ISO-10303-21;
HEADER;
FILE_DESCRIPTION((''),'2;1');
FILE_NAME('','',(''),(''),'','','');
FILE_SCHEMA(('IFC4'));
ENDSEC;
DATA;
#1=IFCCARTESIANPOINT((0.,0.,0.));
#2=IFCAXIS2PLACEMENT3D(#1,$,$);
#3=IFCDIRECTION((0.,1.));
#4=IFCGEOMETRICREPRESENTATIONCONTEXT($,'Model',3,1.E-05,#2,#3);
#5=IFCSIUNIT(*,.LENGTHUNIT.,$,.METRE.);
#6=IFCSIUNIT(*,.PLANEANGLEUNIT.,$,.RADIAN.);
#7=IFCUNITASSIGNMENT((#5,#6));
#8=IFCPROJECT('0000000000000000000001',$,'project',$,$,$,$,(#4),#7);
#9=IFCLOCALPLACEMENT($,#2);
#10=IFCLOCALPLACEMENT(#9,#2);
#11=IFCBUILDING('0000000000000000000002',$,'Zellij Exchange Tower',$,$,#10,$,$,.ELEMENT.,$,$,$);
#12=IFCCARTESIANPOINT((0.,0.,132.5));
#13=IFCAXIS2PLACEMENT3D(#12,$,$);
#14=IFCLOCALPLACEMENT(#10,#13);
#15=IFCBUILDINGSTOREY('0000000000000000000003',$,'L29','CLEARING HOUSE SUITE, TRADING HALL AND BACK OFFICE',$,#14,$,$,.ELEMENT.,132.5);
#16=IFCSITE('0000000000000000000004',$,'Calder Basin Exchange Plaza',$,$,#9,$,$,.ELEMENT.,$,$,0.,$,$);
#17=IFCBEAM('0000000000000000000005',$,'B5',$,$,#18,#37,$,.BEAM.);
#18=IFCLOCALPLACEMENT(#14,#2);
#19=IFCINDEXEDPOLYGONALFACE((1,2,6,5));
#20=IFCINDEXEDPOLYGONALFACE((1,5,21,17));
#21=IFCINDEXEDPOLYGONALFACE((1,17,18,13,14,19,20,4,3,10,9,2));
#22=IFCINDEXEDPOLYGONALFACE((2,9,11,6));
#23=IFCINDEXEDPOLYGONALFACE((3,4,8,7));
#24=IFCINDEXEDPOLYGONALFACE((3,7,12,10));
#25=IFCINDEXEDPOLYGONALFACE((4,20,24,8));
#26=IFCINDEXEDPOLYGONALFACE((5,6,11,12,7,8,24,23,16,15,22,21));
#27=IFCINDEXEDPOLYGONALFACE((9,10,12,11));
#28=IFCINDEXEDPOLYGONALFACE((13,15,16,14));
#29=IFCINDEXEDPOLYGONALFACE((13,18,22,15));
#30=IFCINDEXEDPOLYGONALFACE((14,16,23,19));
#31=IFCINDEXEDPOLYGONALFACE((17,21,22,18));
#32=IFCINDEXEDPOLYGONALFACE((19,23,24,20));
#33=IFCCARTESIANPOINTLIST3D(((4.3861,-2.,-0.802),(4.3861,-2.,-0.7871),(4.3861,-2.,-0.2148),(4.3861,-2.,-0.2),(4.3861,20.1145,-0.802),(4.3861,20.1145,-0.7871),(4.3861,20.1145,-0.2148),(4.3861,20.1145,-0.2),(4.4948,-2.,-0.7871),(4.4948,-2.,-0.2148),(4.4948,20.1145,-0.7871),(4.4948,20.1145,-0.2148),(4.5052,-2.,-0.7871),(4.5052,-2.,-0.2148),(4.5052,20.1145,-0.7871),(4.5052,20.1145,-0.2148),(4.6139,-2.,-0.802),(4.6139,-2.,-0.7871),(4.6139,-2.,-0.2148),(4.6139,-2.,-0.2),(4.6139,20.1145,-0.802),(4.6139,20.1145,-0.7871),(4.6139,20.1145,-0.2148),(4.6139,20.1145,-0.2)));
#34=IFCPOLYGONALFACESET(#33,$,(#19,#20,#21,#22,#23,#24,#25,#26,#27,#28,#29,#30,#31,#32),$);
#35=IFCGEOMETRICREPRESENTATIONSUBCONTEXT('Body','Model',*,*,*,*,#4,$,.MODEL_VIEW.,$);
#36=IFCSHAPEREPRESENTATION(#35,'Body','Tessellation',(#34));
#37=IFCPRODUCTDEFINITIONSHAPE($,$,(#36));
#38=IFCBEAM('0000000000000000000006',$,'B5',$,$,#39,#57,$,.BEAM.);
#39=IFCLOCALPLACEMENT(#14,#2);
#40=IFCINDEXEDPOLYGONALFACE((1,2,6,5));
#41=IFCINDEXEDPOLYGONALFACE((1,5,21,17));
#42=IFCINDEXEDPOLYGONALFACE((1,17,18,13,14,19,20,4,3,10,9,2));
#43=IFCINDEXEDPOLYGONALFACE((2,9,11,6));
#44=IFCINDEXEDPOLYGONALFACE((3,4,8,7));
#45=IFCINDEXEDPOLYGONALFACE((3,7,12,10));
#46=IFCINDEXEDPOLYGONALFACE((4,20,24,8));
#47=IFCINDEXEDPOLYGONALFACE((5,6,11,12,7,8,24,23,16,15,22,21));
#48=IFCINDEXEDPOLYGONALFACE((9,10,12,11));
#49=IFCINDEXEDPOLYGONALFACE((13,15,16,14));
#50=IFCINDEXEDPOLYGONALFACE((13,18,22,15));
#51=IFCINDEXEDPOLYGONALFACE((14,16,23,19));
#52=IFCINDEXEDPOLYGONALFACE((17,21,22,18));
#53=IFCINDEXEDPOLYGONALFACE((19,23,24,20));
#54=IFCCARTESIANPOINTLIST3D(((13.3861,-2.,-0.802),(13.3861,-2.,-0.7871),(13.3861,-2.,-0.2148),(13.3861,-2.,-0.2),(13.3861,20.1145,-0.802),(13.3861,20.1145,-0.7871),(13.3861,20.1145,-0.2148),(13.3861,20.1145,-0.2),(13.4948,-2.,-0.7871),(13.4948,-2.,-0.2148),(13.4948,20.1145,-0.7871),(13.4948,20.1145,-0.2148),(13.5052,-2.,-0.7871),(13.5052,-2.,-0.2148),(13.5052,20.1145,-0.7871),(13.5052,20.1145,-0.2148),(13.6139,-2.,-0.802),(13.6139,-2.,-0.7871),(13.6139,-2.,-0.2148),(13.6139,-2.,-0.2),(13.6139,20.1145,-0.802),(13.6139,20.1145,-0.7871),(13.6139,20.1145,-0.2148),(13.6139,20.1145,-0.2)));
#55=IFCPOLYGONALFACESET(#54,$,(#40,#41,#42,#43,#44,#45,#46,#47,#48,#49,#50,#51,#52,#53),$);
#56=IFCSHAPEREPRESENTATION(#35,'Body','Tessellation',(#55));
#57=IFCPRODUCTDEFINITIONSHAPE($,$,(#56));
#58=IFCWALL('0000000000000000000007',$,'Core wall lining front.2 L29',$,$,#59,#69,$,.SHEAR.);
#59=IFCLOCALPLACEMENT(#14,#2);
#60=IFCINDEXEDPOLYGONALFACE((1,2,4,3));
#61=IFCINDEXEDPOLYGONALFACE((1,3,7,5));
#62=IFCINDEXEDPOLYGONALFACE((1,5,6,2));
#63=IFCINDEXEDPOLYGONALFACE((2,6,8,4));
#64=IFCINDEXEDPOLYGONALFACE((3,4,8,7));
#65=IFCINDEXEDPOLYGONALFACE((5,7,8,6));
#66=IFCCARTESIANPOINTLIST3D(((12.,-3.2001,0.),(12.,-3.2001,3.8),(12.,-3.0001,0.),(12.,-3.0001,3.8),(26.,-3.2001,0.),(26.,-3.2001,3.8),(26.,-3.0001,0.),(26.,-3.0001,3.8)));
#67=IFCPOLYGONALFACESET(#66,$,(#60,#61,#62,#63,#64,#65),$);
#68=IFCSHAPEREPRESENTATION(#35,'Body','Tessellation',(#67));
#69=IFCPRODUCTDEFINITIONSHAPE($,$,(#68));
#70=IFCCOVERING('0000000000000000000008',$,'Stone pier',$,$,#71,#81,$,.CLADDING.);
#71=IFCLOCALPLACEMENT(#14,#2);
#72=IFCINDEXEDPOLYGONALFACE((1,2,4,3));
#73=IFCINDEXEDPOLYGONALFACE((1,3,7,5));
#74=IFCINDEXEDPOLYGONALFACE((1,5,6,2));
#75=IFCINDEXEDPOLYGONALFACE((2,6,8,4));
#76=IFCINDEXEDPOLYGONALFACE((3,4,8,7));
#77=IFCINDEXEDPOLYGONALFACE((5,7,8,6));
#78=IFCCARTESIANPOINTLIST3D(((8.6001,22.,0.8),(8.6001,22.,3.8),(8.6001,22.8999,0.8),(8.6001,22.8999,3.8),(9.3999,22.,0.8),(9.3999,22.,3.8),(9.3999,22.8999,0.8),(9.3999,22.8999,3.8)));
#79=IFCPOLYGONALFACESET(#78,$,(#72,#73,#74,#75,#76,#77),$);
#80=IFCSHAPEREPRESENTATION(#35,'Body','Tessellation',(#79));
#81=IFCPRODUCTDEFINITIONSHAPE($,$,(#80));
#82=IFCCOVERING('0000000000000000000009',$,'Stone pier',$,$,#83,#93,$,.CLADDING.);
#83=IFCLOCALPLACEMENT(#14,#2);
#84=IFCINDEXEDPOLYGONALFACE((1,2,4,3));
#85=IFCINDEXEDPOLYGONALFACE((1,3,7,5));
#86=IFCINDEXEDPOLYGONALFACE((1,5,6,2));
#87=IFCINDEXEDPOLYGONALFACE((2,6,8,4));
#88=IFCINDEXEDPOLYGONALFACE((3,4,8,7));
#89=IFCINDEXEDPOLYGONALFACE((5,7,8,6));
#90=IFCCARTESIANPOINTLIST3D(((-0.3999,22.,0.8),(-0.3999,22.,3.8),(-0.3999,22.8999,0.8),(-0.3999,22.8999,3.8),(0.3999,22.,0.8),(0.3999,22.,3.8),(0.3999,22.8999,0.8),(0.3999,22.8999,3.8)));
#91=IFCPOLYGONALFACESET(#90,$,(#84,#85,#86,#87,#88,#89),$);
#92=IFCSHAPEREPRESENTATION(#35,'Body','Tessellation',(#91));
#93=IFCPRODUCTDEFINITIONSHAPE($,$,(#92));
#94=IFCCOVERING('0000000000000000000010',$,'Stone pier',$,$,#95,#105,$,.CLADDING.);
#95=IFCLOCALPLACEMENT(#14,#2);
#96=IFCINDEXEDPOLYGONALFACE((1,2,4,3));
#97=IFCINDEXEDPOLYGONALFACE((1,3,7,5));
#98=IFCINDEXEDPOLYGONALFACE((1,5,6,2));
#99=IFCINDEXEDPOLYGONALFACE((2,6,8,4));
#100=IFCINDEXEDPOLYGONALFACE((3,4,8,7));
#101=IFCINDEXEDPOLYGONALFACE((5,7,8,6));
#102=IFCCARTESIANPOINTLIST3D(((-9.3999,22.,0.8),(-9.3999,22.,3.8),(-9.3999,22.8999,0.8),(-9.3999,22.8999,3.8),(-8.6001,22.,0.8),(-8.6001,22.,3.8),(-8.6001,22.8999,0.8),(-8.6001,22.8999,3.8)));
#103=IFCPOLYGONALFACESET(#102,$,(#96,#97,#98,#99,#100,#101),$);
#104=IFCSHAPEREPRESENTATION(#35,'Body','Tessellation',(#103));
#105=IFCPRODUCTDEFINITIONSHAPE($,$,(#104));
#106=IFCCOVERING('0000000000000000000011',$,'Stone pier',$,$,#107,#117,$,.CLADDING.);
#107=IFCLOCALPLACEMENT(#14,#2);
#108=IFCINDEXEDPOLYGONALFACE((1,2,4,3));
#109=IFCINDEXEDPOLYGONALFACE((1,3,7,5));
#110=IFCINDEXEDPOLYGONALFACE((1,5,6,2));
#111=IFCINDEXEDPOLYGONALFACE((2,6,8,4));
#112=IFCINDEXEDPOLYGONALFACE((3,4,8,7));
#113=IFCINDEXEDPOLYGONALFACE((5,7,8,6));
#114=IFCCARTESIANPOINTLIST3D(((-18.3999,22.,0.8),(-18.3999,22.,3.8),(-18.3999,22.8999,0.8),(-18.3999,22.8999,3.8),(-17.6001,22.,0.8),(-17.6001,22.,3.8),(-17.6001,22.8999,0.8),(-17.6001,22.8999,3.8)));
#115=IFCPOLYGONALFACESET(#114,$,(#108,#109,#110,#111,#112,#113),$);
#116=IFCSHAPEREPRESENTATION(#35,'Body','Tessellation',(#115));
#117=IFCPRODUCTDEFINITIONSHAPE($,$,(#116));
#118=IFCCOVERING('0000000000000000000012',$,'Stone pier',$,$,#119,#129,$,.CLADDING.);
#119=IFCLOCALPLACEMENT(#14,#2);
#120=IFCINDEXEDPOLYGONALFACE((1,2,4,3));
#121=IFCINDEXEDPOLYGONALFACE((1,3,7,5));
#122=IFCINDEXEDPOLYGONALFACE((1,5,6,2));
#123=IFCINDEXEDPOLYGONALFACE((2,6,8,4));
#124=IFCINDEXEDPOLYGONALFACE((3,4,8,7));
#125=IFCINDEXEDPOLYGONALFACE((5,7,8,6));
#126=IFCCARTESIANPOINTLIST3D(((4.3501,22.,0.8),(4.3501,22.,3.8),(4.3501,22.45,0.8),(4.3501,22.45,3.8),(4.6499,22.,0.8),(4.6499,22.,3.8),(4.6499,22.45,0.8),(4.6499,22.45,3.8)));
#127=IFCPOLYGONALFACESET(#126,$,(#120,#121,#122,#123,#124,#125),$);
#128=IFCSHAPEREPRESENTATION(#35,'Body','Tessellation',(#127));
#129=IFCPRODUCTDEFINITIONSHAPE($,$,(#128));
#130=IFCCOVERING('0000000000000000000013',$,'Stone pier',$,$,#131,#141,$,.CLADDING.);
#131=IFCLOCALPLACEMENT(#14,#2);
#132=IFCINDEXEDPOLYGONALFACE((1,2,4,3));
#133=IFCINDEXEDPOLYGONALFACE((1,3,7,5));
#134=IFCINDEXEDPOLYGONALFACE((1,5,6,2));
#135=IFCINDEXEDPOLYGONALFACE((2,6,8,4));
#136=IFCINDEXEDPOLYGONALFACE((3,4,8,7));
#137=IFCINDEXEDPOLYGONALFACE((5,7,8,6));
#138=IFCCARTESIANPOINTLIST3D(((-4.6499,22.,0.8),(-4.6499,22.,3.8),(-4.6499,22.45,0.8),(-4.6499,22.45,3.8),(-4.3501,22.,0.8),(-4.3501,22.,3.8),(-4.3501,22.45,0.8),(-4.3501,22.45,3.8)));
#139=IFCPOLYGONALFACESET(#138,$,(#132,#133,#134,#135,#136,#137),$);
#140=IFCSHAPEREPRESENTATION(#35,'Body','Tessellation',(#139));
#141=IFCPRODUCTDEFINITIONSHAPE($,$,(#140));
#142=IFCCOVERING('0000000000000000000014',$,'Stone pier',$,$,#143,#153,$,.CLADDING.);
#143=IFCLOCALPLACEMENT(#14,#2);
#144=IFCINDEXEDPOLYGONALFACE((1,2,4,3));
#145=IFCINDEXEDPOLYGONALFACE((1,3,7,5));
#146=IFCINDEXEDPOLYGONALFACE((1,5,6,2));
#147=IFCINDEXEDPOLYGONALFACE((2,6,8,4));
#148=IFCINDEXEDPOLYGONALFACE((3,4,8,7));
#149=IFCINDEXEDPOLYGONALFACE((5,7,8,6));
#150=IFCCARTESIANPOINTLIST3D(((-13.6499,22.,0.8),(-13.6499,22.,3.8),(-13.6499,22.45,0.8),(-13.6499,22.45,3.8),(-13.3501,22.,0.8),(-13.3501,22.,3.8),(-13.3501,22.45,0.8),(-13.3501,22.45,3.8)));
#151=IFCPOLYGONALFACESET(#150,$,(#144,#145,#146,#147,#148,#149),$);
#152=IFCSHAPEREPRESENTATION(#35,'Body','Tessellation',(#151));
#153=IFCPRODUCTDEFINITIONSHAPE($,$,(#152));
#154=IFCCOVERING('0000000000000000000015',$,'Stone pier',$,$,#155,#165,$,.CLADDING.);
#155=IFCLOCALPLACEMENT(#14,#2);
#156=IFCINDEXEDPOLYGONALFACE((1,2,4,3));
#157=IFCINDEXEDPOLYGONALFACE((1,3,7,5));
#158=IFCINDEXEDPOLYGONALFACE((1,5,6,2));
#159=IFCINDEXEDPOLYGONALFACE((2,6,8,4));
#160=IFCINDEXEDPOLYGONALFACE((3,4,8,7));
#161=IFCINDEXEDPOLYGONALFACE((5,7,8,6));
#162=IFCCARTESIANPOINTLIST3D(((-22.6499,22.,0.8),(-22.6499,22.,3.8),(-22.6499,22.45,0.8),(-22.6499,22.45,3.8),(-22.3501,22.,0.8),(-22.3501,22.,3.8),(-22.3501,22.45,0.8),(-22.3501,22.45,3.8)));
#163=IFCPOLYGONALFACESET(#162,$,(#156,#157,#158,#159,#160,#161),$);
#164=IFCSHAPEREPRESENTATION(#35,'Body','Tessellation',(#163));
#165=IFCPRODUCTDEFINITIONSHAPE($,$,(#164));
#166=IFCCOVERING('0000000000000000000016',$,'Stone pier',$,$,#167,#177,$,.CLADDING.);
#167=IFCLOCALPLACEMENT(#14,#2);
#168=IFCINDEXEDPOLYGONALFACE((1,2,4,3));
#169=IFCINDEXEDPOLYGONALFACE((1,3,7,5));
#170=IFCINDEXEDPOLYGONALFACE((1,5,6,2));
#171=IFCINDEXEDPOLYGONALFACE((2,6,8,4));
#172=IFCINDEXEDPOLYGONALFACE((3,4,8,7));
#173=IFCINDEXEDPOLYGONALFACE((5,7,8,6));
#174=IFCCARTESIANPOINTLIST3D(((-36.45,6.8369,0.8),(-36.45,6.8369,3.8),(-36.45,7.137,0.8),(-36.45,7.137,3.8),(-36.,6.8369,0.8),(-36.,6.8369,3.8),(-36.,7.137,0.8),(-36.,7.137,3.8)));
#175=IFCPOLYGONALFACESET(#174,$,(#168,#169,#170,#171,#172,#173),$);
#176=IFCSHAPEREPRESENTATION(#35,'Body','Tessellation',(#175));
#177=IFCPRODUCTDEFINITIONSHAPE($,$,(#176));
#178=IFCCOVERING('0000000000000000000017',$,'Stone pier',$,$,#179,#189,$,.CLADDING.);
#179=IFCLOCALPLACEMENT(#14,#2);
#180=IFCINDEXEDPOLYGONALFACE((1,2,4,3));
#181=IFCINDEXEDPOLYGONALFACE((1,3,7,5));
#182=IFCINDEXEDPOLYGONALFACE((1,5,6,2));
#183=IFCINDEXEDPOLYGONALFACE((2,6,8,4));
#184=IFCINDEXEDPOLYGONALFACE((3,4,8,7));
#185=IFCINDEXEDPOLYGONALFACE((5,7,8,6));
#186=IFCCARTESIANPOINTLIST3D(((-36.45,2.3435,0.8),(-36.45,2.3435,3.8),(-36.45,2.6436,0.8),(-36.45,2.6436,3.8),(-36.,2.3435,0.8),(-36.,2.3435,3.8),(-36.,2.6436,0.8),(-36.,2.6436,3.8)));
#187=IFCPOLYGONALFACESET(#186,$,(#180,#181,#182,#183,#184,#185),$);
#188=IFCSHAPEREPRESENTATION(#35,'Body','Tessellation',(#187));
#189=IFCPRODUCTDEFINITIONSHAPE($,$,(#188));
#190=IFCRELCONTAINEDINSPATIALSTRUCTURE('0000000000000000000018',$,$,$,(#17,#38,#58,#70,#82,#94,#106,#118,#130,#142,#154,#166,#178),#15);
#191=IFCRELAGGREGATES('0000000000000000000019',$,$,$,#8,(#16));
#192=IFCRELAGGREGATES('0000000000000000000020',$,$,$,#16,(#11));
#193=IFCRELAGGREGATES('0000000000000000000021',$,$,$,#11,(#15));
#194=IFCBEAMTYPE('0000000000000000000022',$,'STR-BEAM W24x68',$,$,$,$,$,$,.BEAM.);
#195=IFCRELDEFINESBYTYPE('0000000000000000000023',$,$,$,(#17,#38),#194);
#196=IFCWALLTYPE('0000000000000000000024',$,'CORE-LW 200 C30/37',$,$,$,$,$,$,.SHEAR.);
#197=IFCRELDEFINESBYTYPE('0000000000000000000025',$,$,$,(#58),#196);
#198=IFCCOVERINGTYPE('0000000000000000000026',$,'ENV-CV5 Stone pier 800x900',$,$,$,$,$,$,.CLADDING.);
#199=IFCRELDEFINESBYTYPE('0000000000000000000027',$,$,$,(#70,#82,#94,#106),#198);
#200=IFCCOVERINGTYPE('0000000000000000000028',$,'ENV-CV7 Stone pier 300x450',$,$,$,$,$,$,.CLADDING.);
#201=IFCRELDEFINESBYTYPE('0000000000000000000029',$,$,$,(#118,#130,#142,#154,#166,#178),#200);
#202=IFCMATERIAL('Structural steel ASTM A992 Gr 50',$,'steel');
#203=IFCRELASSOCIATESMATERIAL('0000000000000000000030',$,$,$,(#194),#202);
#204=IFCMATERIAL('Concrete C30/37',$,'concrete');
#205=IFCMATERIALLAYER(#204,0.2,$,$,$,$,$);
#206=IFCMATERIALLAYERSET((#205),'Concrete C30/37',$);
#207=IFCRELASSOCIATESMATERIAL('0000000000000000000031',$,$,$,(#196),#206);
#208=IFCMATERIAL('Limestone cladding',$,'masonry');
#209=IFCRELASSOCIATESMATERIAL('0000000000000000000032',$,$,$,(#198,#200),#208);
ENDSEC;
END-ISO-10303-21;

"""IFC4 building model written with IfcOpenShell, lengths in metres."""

from ifc_helpers import new_model, si_unit, direction, frame, frame_2d, origin, origin_2d, place, context, subcontext, project, spatial, polyline, rectangle, i_section, outline, extrude, material, layer, layer_set, material_profile, profile_set, type_object, element, save


model = new_model("IFC4")

# Units and contexts
model_context = context("Model", 3, precision=1e-05, world=origin(), true_north=direction((0.0, 1.0)))
body_context = subcontext(model_context, "Body", "Model", "MODEL_VIEW")
ifc_project = project(units=[si_unit("LENGTHUNIT", "METRE"), si_unit("PLANEANGLEUNIT", "RADIAN")], contexts=[model_context])

# Site, building, storey
site_placement = place(None, origin())
site = spatial("IfcSite", under=ifc_project, at=site_placement, Name="Calder Basin Exchange Plaza", CompositionType="ELEMENT", RefElevation=0.0)
building_placement = place(site_placement, origin())
building = spatial("IfcBuilding", under=site, at=building_placement, Name="Zellij Exchange Tower", CompositionType="ELEMENT")
storey_placement = place(building_placement, frame((0.0, 0.0, 132.5)))
storey = spatial("IfcBuildingStorey", under=building, at=storey_placement, Name="L29", Description="CLEARING HOUSE SUITE, TRADING HALL AND BACK OFFICE", CompositionType="ELEMENT", Elevation=132.5)

# Beams
ifc_material_1 = material(Name="Structural steel ASTM A992 Gr 50", Category="steel")
ifc_material_profile = material_profile(ifc_material_1, i_section(OverallWidth=0.2278, OverallDepth=0.6021, WebThickness=0.0105, FlangeThickness=0.0149, at=origin_2d()), Name="W24x68")
ifc_profile_set = profile_set([ifc_material_profile], Name="Structural steel ASTM A992 Gr 50")
beam_type = type_object("IfcBeamType", Name="STR-BEAM W24x68", PredefinedType="BEAM", material=ifc_profile_set)
for number, where, z_axis, x_axis, name in (
    (1, (4.5, -2.0, -0.501), (0.0, 1.0, 0.0), (-1.0, 0.0, 0.0), "B5"),
    (2, (13.5, -2.0, -0.501), (0.0, 1.0, 0.0), (-1.0, 0.0, 0.0), "B5"),
):
    element("IfcBeam", number, at=place(storey_placement, frame(where, z_axis=z_axis, x_axis=x_axis)), inside=storey, type_object=beam_type, Name=name, PredefinedType="BEAM", context=body_context, shape_type="SweptSolid", body=[
        extrude(i_section(OverallWidth=0.2278, OverallDepth=0.6021, WebThickness=0.0105, FlangeThickness=0.0149, at=origin_2d()), origin(), (0.0, 0.0, 1.0), 22.1145),
    ])

# Wall
ifc_material_2 = material(Name="Concrete C30/37", Category="concrete")
ifc_layer_1 = layer(ifc_material_2, 0.2)
ifc_layer_set_1 = layer_set([ifc_layer_1], Name="Concrete C30/37")
wall_type = type_object("IfcWallType", Name="CORE-LW 200 C30/37", PredefinedType="SHEAR", material=ifc_layer_set_1)
wall_placement = place(storey_placement, frame((12.0, -3.1001, 0.0), z_axis=(0.0, 0.0, 1.0), x_axis=(1.0, 0.0, 0.0)))
element("IfcWall", 3, at=wall_placement, inside=storey, type_object=wall_type, Name="Core wall lining front.2 L29", PredefinedType="SHEAR", context=body_context, shape_type="SweptSolid", body=[
    extrude(rectangle(XDim=14.0, YDim=0.2, at=frame_2d((7.0, 0.0))), origin(), (0.0, 0.0, 1.0), 3.8),
])

# Coverings
ifc_material_3 = material(Name="Limestone cladding", Category="masonry")
covering_type_1 = type_object("IfcCoveringType", Name="ENV-CV5 Stone pier 800x900", PredefinedType="CLADDING", material=ifc_material_3)
covering_1_placement = place(storey_placement, frame((0.0, 0.0, 0.8)))
element("IfcCovering", 4, at=covering_1_placement, inside=storey, type_object=covering_type_1, Name="Stone pier", PredefinedType="CLADDING", context=body_context, shape_type="SweptSolid", body=[
    extrude(outline(polyline([(9.3999, 22.0), (8.6001, 22.0), (8.6001, 22.8999), (9.3999, 22.8999), (9.3999, 22.0)])), origin(), (0.0, 0.0, 1.0), 3.0),
])
covering_2_placement = place(storey_placement, frame((0.0, 0.0, 0.8)))
element("IfcCovering", 5, at=covering_2_placement, inside=storey, type_object=covering_type_1, Name="Stone pier", PredefinedType="CLADDING", context=body_context, shape_type="SweptSolid", body=[
    extrude(outline(polyline([(0.3999, 22.0), (-0.3999, 22.0), (-0.3999, 22.8999), (0.3999, 22.8999), (0.3999, 22.0)])), origin(), (0.0, 0.0, 1.0), 3.0),
])
covering_3_placement = place(storey_placement, frame((0.0, 0.0, 0.8)))
element("IfcCovering", 6, at=covering_3_placement, inside=storey, type_object=covering_type_1, Name="Stone pier", PredefinedType="CLADDING", context=body_context, shape_type="SweptSolid", body=[
    extrude(outline(polyline([(-8.6001, 22.0), (-9.3999, 22.0), (-9.3999, 22.8999), (-8.6001, 22.8999), (-8.6001, 22.0)])), origin(), (0.0, 0.0, 1.0), 3.0),
])
covering_4_placement = place(storey_placement, frame((0.0, 0.0, 0.8)))
element("IfcCovering", 7, at=covering_4_placement, inside=storey, type_object=covering_type_1, Name="Stone pier", PredefinedType="CLADDING", context=body_context, shape_type="SweptSolid", body=[
    extrude(outline(polyline([(-17.6001, 22.0), (-18.3999, 22.0), (-18.3999, 22.8999), (-17.6001, 22.8999), (-17.6001, 22.0)])), origin(), (0.0, 0.0, 1.0), 3.0),
])
covering_type_2 = type_object("IfcCoveringType", Name="ENV-CV7 Stone pier 300x450", PredefinedType="CLADDING", material=ifc_material_3)
covering_5_placement = place(storey_placement, frame((0.0, 0.0, 0.8)))
element("IfcCovering", 8, at=covering_5_placement, inside=storey, type_object=covering_type_2, Name="Stone pier", PredefinedType="CLADDING", context=body_context, shape_type="SweptSolid", body=[
    extrude(outline(polyline([(4.6499, 22.0), (4.3501, 22.0), (4.3501, 22.45), (4.6499, 22.45), (4.6499, 22.0)])), origin(), (0.0, 0.0, 1.0), 3.0),
])
covering_6_placement = place(storey_placement, frame((0.0, 0.0, 0.8)))
element("IfcCovering", 9, at=covering_6_placement, inside=storey, type_object=covering_type_2, Name="Stone pier", PredefinedType="CLADDING", context=body_context, shape_type="SweptSolid", body=[
    extrude(outline(polyline([(-4.3501, 22.0), (-4.6499, 22.0), (-4.6499, 22.45), (-4.3501, 22.45), (-4.3501, 22.0)])), origin(), (0.0, 0.0, 1.0), 3.0),
])
covering_7_placement = place(storey_placement, frame((0.0, 0.0, 0.8)))
element("IfcCovering", 10, at=covering_7_placement, inside=storey, type_object=covering_type_2, Name="Stone pier", PredefinedType="CLADDING", context=body_context, shape_type="SweptSolid", body=[
    extrude(outline(polyline([(-13.3501, 22.0), (-13.6499, 22.0), (-13.6499, 22.45), (-13.3501, 22.45), (-13.3501, 22.0)])), origin(), (0.0, 0.0, 1.0), 3.0),
])
covering_8_placement = place(storey_placement, frame((0.0, 0.0, 0.8)))
element("IfcCovering", 11, at=covering_8_placement, inside=storey, type_object=covering_type_2, Name="Stone pier", PredefinedType="CLADDING", context=body_context, shape_type="SweptSolid", body=[
    extrude(outline(polyline([(-22.3501, 22.0), (-22.6499, 22.0), (-22.6499, 22.45), (-22.3501, 22.45), (-22.3501, 22.0)])), origin(), (0.0, 0.0, 1.0), 3.0),
])
covering_9_placement = place(storey_placement, frame((0.0, 0.0, 0.8)))
element("IfcCovering", 12, at=covering_9_placement, inside=storey, type_object=covering_type_2, Name="Stone pier", PredefinedType="CLADDING", context=body_context, shape_type="SweptSolid", body=[
    extrude(outline(polyline([(-36.0, 7.137), (-36.0, 6.8369), (-36.45, 6.8369), (-36.45, 7.137), (-36.0, 7.137)])), origin(), (0.0, 0.0, 1.0), 3.0),
])
covering_10_placement = place(storey_placement, frame((0.0, 0.0, 0.8)))
element("IfcCovering", 13, at=covering_10_placement, inside=storey, type_object=covering_type_2, Name="Stone pier", PredefinedType="CLADDING", context=body_context, shape_type="SweptSolid", body=[
    extrude(outline(polyline([(-36.0, 2.6436), (-36.0, 2.3435), (-36.45, 2.3435), (-36.45, 2.6436), (-36.0, 2.6436)])), origin(), (0.0, 0.0, 1.0), 3.0),
])

save(model, "model.ifc")
